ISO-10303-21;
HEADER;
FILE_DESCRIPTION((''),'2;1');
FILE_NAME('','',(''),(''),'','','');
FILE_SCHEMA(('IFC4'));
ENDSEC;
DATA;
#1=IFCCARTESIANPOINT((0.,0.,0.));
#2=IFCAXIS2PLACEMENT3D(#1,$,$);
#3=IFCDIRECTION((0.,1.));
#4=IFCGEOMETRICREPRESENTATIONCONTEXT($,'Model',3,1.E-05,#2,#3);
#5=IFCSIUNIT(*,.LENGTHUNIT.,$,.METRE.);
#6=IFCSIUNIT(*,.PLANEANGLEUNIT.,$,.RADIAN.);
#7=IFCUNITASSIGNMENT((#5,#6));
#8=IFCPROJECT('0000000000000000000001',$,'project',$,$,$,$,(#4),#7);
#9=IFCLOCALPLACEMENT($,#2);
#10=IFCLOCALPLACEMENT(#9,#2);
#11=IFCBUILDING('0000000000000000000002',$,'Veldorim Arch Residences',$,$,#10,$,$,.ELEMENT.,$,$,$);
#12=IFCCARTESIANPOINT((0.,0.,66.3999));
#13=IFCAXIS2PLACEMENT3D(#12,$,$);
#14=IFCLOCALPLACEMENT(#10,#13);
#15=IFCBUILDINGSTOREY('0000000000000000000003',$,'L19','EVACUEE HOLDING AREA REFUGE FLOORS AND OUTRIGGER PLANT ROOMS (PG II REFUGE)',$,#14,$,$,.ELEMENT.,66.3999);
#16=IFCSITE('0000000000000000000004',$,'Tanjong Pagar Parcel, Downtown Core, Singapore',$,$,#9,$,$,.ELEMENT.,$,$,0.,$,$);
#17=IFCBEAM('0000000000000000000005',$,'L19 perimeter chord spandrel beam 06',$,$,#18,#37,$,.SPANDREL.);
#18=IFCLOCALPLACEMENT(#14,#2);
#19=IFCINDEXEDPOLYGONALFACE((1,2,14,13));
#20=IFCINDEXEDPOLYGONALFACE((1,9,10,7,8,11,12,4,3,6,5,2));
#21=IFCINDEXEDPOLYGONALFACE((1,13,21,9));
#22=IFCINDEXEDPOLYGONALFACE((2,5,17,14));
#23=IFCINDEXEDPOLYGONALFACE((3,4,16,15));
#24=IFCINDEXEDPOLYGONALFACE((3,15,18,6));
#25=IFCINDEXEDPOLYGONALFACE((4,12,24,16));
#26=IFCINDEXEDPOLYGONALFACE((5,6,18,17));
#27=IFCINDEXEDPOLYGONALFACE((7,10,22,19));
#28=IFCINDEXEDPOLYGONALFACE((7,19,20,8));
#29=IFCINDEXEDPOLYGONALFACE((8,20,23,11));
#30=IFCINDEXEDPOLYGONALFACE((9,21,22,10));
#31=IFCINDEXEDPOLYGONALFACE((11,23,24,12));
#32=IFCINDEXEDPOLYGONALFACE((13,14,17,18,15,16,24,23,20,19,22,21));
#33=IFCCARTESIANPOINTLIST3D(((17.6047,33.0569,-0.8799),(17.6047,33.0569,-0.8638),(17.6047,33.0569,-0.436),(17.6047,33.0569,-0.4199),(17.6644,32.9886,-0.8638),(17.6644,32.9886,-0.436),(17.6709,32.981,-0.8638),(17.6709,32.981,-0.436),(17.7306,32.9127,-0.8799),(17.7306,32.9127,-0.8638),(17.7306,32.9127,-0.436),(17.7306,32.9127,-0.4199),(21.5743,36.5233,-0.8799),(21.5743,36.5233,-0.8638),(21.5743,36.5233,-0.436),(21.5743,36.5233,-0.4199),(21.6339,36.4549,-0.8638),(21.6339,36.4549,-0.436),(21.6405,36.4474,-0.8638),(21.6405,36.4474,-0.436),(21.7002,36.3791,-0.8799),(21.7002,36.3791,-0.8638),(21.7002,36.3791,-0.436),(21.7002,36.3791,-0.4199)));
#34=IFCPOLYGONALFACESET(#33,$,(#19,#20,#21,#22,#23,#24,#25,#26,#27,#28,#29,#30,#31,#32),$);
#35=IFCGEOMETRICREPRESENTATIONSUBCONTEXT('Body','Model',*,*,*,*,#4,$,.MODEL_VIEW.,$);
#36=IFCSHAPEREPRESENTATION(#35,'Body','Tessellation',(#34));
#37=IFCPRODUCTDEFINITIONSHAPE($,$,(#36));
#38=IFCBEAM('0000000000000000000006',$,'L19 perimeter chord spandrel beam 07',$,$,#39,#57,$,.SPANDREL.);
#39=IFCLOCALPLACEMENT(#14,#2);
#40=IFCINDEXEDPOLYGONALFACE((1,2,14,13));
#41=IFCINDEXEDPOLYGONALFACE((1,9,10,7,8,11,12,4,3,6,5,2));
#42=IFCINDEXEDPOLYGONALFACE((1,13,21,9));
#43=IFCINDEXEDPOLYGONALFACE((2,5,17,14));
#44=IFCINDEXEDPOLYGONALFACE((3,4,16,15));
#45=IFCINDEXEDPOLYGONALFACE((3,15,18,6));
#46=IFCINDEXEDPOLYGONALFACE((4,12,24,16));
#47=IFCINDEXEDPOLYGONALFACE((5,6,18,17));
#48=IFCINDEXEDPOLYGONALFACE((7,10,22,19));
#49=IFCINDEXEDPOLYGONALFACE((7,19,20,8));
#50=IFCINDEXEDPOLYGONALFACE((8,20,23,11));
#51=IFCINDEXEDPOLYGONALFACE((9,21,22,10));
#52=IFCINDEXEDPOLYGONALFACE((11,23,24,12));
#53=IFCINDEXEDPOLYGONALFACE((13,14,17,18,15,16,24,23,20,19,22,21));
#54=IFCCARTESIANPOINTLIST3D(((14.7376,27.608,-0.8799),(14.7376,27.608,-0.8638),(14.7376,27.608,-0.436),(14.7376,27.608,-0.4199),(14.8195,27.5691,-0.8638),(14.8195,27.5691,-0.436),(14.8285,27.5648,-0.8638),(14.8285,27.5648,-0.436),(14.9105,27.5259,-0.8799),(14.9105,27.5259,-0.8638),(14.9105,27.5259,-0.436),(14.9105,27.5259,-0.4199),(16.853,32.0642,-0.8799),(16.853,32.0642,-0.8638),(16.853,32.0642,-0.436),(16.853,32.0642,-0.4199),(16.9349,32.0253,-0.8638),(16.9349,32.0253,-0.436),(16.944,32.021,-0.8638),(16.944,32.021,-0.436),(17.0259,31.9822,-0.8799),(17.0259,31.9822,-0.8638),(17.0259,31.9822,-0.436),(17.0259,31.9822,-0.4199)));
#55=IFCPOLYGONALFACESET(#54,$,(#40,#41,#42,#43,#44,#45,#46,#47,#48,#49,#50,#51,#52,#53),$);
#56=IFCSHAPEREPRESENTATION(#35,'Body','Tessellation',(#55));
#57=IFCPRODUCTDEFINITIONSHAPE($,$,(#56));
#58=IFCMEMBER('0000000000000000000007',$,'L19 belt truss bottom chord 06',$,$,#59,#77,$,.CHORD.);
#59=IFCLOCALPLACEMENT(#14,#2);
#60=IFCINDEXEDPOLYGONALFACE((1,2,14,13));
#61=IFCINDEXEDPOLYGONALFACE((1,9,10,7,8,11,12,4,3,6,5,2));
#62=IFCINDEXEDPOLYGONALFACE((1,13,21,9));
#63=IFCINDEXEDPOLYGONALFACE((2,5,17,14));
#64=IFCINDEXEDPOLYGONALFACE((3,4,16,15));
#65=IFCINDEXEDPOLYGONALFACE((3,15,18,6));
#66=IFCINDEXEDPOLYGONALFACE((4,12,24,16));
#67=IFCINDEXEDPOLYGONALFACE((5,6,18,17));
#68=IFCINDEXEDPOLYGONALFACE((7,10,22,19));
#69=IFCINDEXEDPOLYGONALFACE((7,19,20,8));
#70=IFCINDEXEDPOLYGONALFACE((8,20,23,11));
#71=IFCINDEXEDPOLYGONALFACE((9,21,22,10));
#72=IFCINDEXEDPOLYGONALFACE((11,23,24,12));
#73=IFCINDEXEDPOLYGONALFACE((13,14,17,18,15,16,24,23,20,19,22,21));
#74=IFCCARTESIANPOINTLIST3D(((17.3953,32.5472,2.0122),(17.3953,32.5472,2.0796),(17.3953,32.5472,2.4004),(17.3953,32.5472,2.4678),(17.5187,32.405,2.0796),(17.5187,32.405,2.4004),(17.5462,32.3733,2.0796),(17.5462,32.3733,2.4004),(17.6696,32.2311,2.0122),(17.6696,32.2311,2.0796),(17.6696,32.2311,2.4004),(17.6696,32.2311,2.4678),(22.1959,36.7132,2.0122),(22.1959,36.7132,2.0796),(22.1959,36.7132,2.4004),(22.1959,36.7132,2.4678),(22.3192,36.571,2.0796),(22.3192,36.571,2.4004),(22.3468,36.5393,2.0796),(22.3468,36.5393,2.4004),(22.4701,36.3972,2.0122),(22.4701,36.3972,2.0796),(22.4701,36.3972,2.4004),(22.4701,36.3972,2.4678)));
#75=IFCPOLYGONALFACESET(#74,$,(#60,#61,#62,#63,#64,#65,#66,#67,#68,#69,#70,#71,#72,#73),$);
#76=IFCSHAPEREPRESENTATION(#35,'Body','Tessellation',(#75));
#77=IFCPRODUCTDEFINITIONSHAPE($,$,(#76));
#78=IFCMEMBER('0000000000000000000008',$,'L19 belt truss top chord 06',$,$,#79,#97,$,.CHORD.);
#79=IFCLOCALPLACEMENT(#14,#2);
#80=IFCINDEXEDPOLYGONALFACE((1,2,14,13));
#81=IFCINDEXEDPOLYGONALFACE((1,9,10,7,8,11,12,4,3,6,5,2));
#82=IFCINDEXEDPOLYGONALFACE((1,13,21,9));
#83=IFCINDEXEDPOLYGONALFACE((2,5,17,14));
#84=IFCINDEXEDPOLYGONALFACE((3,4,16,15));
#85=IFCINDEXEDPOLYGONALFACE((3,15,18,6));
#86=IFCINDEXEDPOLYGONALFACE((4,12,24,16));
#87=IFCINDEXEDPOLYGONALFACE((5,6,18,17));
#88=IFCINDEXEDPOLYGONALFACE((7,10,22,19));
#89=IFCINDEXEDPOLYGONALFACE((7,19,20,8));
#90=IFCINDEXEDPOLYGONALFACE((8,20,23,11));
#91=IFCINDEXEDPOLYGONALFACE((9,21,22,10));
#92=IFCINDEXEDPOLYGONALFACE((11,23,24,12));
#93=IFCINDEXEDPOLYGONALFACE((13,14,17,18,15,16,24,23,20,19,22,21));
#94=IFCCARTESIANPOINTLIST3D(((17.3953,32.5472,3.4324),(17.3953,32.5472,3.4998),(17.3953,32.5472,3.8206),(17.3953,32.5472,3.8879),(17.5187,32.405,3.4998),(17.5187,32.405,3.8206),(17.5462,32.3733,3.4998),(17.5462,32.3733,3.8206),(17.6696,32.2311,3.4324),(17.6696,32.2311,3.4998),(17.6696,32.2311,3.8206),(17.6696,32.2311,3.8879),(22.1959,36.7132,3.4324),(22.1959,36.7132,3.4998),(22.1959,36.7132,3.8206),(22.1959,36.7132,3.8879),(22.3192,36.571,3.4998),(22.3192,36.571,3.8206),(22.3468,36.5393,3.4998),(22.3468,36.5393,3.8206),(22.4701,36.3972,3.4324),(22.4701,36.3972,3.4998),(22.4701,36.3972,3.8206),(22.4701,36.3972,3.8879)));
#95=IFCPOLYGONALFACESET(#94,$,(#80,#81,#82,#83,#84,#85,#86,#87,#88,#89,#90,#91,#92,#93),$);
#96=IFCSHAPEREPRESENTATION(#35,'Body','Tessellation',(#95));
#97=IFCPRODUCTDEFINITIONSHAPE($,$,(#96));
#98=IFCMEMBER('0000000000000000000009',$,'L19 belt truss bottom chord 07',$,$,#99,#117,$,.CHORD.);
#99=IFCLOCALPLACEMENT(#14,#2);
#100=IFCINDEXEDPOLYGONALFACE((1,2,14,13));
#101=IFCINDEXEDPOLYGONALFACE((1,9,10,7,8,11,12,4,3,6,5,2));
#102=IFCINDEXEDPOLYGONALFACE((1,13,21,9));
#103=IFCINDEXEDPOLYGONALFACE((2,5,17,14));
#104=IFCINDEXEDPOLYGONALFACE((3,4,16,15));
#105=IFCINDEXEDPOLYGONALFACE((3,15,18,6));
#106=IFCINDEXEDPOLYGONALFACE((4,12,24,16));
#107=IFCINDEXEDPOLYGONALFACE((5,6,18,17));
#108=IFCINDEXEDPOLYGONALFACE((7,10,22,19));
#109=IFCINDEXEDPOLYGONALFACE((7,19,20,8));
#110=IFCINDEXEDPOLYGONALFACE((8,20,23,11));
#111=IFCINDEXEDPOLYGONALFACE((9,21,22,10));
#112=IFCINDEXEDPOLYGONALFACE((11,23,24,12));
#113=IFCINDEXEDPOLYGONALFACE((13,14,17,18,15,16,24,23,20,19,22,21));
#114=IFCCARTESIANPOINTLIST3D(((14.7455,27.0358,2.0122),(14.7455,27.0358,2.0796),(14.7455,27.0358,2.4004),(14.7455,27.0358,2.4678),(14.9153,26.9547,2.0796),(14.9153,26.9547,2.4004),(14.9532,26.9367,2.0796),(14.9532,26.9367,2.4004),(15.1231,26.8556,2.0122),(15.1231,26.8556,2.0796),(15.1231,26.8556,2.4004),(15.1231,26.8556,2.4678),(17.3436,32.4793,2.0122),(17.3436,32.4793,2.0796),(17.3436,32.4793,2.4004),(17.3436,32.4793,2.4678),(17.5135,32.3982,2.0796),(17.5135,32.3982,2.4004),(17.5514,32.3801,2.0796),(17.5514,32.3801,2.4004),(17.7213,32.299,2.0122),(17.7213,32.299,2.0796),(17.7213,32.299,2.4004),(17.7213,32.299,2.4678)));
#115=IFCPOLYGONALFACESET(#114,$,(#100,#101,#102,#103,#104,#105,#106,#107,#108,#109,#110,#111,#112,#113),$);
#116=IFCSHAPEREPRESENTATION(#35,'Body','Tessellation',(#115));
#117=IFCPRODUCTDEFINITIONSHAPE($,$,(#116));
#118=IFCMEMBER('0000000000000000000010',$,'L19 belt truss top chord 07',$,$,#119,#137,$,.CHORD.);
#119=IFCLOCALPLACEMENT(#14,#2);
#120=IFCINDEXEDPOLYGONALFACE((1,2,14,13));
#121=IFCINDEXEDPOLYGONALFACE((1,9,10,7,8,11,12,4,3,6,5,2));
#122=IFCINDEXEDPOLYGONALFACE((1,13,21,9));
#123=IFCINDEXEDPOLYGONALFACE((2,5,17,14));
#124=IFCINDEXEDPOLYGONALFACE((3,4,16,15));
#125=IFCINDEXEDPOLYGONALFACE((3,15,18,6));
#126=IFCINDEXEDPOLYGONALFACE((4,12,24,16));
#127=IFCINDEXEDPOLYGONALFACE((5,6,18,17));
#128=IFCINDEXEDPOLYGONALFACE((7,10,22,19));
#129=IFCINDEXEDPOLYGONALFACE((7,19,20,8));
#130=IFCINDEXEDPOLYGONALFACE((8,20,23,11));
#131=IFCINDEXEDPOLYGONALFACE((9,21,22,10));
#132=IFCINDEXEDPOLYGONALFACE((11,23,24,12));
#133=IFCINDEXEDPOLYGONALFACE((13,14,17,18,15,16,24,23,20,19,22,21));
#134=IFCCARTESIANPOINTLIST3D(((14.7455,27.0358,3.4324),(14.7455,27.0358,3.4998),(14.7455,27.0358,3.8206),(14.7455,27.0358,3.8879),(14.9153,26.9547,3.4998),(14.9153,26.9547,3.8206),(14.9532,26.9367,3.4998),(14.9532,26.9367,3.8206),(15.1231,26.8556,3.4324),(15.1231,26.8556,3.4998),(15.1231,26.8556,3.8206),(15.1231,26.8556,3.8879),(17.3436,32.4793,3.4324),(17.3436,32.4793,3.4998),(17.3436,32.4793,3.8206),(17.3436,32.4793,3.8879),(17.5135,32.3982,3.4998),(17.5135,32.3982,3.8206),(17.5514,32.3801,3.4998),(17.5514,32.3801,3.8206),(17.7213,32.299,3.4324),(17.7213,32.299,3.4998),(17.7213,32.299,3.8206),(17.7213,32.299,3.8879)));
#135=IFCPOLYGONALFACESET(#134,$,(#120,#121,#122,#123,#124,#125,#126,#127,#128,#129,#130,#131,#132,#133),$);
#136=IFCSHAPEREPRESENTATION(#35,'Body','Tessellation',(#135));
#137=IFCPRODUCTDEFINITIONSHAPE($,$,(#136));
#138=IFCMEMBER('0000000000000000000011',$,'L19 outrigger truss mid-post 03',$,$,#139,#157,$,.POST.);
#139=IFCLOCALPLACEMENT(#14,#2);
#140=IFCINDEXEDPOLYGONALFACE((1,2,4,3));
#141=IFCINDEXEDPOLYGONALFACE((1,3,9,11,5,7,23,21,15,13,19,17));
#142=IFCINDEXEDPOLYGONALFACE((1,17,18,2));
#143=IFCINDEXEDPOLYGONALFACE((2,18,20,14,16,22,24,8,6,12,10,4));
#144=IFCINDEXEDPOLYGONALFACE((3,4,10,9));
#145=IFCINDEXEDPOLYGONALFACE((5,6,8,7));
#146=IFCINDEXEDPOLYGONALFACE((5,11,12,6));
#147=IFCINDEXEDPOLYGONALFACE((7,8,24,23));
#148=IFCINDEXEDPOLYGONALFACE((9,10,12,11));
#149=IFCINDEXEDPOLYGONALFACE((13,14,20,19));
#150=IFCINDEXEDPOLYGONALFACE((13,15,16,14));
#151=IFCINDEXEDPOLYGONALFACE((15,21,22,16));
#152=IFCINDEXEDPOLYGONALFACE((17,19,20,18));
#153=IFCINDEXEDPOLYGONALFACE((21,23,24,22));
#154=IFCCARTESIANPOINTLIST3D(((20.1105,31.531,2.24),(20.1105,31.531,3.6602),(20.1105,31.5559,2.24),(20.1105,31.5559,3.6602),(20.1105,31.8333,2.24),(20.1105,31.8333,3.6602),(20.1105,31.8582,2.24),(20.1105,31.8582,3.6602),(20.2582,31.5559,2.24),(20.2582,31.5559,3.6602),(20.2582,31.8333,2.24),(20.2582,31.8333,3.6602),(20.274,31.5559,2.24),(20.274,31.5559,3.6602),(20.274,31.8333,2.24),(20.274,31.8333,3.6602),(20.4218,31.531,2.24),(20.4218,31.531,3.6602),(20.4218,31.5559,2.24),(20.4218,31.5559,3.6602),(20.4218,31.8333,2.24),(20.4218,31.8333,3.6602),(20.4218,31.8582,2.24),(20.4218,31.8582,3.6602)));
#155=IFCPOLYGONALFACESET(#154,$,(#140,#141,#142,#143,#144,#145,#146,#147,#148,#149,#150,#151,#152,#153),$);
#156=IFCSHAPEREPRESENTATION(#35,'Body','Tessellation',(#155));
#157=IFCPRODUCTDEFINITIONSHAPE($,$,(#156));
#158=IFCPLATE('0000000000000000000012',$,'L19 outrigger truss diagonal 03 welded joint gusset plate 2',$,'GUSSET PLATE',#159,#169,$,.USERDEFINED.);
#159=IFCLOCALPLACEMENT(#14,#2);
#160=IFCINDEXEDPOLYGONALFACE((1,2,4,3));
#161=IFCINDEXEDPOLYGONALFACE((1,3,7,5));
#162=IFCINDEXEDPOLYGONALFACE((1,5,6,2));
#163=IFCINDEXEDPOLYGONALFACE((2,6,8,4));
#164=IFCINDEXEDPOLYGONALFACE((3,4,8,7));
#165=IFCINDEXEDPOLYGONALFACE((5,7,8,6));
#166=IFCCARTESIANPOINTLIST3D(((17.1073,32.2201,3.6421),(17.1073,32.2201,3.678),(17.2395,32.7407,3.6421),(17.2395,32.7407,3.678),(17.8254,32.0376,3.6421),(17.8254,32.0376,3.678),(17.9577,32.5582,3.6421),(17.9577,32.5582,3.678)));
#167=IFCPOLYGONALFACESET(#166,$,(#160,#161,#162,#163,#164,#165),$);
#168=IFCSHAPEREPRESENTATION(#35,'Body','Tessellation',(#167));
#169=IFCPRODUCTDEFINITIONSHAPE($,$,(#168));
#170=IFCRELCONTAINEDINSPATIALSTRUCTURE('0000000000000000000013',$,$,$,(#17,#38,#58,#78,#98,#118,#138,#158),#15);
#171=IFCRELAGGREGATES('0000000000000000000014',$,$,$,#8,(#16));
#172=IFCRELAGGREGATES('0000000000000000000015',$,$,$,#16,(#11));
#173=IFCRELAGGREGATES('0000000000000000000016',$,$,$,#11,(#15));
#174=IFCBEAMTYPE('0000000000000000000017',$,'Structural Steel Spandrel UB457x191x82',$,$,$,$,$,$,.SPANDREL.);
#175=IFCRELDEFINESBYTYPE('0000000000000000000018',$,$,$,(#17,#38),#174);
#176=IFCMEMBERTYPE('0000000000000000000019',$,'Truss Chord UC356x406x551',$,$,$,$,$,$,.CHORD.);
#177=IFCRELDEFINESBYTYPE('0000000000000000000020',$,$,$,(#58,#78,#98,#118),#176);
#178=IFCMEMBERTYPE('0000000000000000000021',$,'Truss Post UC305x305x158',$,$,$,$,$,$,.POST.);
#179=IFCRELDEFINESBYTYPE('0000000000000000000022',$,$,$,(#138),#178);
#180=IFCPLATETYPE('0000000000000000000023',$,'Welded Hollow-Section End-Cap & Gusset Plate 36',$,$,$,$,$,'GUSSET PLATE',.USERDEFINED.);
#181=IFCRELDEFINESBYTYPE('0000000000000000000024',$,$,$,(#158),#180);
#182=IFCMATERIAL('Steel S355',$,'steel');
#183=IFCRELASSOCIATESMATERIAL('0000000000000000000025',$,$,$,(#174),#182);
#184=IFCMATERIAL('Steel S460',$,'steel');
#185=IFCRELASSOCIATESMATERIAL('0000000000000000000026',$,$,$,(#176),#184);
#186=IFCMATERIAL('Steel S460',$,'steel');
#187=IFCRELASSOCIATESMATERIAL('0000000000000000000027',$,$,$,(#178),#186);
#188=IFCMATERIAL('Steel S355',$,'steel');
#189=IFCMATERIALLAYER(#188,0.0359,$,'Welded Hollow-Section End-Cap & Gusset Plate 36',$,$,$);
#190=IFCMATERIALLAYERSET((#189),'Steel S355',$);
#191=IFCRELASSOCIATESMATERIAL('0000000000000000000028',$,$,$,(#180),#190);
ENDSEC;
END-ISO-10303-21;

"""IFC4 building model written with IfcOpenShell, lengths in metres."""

from ifc_helpers import new_model, si_unit, direction, frame, origin, origin_2d, place, context, subcontext, project, spatial, rectangle, i_section, extrude, material, layer, layer_set, material_profile, profile_set, type_object, element, save


model = new_model("IFC4")

# Units and contexts
model_context = context("Model", 3, precision=1e-05, world=origin(), true_north=direction((0.0, 1.0)))
body_context = subcontext(model_context, "Body", "Model", "MODEL_VIEW")
ifc_project = project(units=[si_unit("LENGTHUNIT", "METRE"), si_unit("PLANEANGLEUNIT", "RADIAN")], contexts=[model_context])

# Site, building, storey
site_placement = place(None, origin())
site = spatial("IfcSite", under=ifc_project, at=site_placement, Name="Tanjong Pagar Parcel, Downtown Core, Singapore", CompositionType="ELEMENT", RefElevation=0.0)
building_placement = place(site_placement, origin())
building = spatial("IfcBuilding", under=site, at=building_placement, Name="Veldorim Arch Residences", CompositionType="ELEMENT")
storey_placement = place(building_placement, frame((0.0, 0.0, 66.3999)))
storey = spatial("IfcBuildingStorey", under=building, at=storey_placement, Name="L19", Description="EVACUEE HOLDING AREA REFUGE FLOORS AND OUTRIGGER PLANT ROOMS (PG II REFUGE)", CompositionType="ELEMENT", Elevation=66.3999)

# Beams
ifc_material_1 = material(Name="Steel S355", Category="steel")
ifc_material_profile_1 = material_profile(ifc_material_1, i_section(OverallWidth=0.1914, OverallDepth=0.46, WebThickness=0.01, FlangeThickness=0.0161, at=origin_2d()), Name="UB457x191x82")
ifc_profile_set_1 = profile_set([ifc_material_profile_1], Name="Steel S355")
beam_type_1 = type_object("IfcBeamType", Name="Structural Steel Spandrel UB457x191x82", PredefinedType="SPANDREL", material=ifc_profile_set_1)
beam_1_placement = place(storey_placement, frame((21.6372, 36.4512, -0.6499), z_axis=(-0.753234, -0.657753, 0.0), x_axis=(0.657753, -0.753234, 0.0)))
element("IfcBeam", 1, at=beam_1_placement, inside=storey, type_object=beam_type_1, Name="L19 perimeter chord spandrel beam 06", PredefinedType="SPANDREL", context=body_context, shape_type="SweptSolid", body=[
    extrude(i_section(OverallWidth=0.1914, OverallDepth=0.46, WebThickness=0.01, FlangeThickness=0.0161, at=origin_2d()), origin(), (0.0, 0.0, 1.0), 5.27),
])
beam_2_placement = place(storey_placement, frame((16.9395, 32.0232, -0.6499), z_axis=(-0.428848, -0.903377, 0.0), x_axis=(0.903377, -0.428848, 0.0)))
element("IfcBeam", 2, at=beam_2_placement, inside=storey, type_object=beam_type_1, Name="L19 perimeter chord spandrel beam 07", PredefinedType="SPANDREL", context=body_context, shape_type="SweptSolid", body=[
    extrude(i_section(OverallWidth=0.1914, OverallDepth=0.46, WebThickness=0.01, FlangeThickness=0.0161, at=origin_2d()), origin(), (0.0, 0.0, 1.0), 4.9329),
])

# Members
ifc_material_2 = material(Name="Steel S460", Category="steel")
ifc_material_profile_2 = material_profile(ifc_material_2, i_section(OverallWidth=0.4185, OverallDepth=0.4556, WebThickness=0.042, FlangeThickness=0.0674, at=origin_2d()), Name="UC356x406x551")
ifc_profile_set_2 = profile_set([ifc_material_profile_2], Name="Steel S460")
member_type_1 = type_object("IfcMemberType", Name="Truss Chord UC356x406x551", PredefinedType="CHORD", material=ifc_profile_set_2)
for number, where, z_axis, x_axis, name in (
    (3, (22.333, 36.5552, 2.24), (-0.755257, -0.655429, 0.0), (0.655429, -0.755257, 0.0), "L19 belt truss bottom chord 06"),
    (4, (22.333, 36.5552, 3.6602), (-0.755257, -0.655429, 0.0), (0.655429, -0.755257, 0.0), "L19 belt truss top chord 06"),
):
    element("IfcMember", number, at=place(storey_placement, frame(where, z_axis=z_axis, x_axis=x_axis)), inside=storey, type_object=member_type_1, Name=name, PredefinedType="CHORD", context=body_context, shape_type="SweptSolid", body=[
        extrude(i_section(OverallWidth=0.4185, OverallDepth=0.4556, WebThickness=0.042, FlangeThickness=0.0674, at=origin_2d()), origin(), (0.0, 0.0, 1.0), 6.3562),
    ])
for number, where, z_axis, x_axis, name in (
    (5, (17.5325, 32.3892, 2.24), (-0.430754, -0.90247, 0.0), (0.90247, -0.430754, 0.0), "L19 belt truss bottom chord 07"),
    (6, (17.5325, 32.3892, 3.6602), (-0.430754, -0.90247, 0.0), (0.90247, -0.430754, 0.0), "L19 belt truss top chord 07"),
):
    element("IfcMember", number, at=place(storey_placement, frame(where, z_axis=z_axis, x_axis=x_axis)), inside=storey, type_object=member_type_1, Name=name, PredefinedType="CHORD", context=body_context, shape_type="SweptSolid", body=[
        extrude(i_section(OverallWidth=0.4185, OverallDepth=0.4556, WebThickness=0.042, FlangeThickness=0.0674, at=origin_2d()), origin(), (0.0, 0.0, 1.0), 6.0317),
    ])
ifc_material_3 = material(Name="Steel S460", Category="steel")
ifc_material_profile_3 = material_profile(ifc_material_3, i_section(OverallWidth=0.3113, OverallDepth=0.3271, WebThickness=0.0159, FlangeThickness=0.0249, at=origin_2d()), Name="UC305x305x158")
ifc_profile_set_3 = profile_set([ifc_material_profile_3], Name="Steel S460")
member_type_2 = type_object("IfcMemberType", Name="Truss Post UC305x305x158", PredefinedType="POST", material=ifc_profile_set_3)
member_placement = place(storey_placement, frame((20.2661, 31.6946, 2.24), z_axis=(0.0, 0.0, 1.0), x_axis=(1.0, 0.0, 0.0)))
element("IfcMember", 7, at=member_placement, inside=storey, type_object=member_type_2, Name="L19 outrigger truss mid-post 03", PredefinedType="POST", context=body_context, shape_type="SweptSolid", body=[
    extrude(i_section(OverallWidth=0.3113, OverallDepth=0.3271, WebThickness=0.0159, FlangeThickness=0.0249, at=origin_2d()), origin(), (0.0, 0.0, 1.0), 1.4202),
])

# Plate
ifc_material_4 = material(Name="Steel S355", Category="steel")
ifc_layer_1 = layer(ifc_material_4, 0.0359, Name="Welded Hollow-Section End-Cap & Gusset Plate 36")
ifc_layer_set_1 = layer_set([ifc_layer_1], Name="Steel S355")
plate_type = type_object("IfcPlateType", Name="Welded Hollow-Section End-Cap & Gusset Plate 36", ElementType="GUSSET PLATE", PredefinedType="USERDEFINED", material=ifc_layer_set_1)
plate_placement = place(storey_placement, frame((17.5325, 32.3892, 3.6421), z_axis=(0.0, 0.0, 1.0), x_axis=(-0.969209, 0.246238, 0.0)))
element("IfcPlate", 8, at=plate_placement, inside=storey, type_object=plate_type, Name="L19 outrigger truss diagonal 03 welded joint gusset plate 2", ObjectType="GUSSET PLATE", PredefinedType="USERDEFINED", context=body_context, shape_type="SweptSolid", body=[
    extrude(rectangle(XDim=0.741, YDim=0.5371, at=origin_2d()), origin(), (0.0, 0.0, 1.0), 0.0359),
])

save(model, "model.ifc")
